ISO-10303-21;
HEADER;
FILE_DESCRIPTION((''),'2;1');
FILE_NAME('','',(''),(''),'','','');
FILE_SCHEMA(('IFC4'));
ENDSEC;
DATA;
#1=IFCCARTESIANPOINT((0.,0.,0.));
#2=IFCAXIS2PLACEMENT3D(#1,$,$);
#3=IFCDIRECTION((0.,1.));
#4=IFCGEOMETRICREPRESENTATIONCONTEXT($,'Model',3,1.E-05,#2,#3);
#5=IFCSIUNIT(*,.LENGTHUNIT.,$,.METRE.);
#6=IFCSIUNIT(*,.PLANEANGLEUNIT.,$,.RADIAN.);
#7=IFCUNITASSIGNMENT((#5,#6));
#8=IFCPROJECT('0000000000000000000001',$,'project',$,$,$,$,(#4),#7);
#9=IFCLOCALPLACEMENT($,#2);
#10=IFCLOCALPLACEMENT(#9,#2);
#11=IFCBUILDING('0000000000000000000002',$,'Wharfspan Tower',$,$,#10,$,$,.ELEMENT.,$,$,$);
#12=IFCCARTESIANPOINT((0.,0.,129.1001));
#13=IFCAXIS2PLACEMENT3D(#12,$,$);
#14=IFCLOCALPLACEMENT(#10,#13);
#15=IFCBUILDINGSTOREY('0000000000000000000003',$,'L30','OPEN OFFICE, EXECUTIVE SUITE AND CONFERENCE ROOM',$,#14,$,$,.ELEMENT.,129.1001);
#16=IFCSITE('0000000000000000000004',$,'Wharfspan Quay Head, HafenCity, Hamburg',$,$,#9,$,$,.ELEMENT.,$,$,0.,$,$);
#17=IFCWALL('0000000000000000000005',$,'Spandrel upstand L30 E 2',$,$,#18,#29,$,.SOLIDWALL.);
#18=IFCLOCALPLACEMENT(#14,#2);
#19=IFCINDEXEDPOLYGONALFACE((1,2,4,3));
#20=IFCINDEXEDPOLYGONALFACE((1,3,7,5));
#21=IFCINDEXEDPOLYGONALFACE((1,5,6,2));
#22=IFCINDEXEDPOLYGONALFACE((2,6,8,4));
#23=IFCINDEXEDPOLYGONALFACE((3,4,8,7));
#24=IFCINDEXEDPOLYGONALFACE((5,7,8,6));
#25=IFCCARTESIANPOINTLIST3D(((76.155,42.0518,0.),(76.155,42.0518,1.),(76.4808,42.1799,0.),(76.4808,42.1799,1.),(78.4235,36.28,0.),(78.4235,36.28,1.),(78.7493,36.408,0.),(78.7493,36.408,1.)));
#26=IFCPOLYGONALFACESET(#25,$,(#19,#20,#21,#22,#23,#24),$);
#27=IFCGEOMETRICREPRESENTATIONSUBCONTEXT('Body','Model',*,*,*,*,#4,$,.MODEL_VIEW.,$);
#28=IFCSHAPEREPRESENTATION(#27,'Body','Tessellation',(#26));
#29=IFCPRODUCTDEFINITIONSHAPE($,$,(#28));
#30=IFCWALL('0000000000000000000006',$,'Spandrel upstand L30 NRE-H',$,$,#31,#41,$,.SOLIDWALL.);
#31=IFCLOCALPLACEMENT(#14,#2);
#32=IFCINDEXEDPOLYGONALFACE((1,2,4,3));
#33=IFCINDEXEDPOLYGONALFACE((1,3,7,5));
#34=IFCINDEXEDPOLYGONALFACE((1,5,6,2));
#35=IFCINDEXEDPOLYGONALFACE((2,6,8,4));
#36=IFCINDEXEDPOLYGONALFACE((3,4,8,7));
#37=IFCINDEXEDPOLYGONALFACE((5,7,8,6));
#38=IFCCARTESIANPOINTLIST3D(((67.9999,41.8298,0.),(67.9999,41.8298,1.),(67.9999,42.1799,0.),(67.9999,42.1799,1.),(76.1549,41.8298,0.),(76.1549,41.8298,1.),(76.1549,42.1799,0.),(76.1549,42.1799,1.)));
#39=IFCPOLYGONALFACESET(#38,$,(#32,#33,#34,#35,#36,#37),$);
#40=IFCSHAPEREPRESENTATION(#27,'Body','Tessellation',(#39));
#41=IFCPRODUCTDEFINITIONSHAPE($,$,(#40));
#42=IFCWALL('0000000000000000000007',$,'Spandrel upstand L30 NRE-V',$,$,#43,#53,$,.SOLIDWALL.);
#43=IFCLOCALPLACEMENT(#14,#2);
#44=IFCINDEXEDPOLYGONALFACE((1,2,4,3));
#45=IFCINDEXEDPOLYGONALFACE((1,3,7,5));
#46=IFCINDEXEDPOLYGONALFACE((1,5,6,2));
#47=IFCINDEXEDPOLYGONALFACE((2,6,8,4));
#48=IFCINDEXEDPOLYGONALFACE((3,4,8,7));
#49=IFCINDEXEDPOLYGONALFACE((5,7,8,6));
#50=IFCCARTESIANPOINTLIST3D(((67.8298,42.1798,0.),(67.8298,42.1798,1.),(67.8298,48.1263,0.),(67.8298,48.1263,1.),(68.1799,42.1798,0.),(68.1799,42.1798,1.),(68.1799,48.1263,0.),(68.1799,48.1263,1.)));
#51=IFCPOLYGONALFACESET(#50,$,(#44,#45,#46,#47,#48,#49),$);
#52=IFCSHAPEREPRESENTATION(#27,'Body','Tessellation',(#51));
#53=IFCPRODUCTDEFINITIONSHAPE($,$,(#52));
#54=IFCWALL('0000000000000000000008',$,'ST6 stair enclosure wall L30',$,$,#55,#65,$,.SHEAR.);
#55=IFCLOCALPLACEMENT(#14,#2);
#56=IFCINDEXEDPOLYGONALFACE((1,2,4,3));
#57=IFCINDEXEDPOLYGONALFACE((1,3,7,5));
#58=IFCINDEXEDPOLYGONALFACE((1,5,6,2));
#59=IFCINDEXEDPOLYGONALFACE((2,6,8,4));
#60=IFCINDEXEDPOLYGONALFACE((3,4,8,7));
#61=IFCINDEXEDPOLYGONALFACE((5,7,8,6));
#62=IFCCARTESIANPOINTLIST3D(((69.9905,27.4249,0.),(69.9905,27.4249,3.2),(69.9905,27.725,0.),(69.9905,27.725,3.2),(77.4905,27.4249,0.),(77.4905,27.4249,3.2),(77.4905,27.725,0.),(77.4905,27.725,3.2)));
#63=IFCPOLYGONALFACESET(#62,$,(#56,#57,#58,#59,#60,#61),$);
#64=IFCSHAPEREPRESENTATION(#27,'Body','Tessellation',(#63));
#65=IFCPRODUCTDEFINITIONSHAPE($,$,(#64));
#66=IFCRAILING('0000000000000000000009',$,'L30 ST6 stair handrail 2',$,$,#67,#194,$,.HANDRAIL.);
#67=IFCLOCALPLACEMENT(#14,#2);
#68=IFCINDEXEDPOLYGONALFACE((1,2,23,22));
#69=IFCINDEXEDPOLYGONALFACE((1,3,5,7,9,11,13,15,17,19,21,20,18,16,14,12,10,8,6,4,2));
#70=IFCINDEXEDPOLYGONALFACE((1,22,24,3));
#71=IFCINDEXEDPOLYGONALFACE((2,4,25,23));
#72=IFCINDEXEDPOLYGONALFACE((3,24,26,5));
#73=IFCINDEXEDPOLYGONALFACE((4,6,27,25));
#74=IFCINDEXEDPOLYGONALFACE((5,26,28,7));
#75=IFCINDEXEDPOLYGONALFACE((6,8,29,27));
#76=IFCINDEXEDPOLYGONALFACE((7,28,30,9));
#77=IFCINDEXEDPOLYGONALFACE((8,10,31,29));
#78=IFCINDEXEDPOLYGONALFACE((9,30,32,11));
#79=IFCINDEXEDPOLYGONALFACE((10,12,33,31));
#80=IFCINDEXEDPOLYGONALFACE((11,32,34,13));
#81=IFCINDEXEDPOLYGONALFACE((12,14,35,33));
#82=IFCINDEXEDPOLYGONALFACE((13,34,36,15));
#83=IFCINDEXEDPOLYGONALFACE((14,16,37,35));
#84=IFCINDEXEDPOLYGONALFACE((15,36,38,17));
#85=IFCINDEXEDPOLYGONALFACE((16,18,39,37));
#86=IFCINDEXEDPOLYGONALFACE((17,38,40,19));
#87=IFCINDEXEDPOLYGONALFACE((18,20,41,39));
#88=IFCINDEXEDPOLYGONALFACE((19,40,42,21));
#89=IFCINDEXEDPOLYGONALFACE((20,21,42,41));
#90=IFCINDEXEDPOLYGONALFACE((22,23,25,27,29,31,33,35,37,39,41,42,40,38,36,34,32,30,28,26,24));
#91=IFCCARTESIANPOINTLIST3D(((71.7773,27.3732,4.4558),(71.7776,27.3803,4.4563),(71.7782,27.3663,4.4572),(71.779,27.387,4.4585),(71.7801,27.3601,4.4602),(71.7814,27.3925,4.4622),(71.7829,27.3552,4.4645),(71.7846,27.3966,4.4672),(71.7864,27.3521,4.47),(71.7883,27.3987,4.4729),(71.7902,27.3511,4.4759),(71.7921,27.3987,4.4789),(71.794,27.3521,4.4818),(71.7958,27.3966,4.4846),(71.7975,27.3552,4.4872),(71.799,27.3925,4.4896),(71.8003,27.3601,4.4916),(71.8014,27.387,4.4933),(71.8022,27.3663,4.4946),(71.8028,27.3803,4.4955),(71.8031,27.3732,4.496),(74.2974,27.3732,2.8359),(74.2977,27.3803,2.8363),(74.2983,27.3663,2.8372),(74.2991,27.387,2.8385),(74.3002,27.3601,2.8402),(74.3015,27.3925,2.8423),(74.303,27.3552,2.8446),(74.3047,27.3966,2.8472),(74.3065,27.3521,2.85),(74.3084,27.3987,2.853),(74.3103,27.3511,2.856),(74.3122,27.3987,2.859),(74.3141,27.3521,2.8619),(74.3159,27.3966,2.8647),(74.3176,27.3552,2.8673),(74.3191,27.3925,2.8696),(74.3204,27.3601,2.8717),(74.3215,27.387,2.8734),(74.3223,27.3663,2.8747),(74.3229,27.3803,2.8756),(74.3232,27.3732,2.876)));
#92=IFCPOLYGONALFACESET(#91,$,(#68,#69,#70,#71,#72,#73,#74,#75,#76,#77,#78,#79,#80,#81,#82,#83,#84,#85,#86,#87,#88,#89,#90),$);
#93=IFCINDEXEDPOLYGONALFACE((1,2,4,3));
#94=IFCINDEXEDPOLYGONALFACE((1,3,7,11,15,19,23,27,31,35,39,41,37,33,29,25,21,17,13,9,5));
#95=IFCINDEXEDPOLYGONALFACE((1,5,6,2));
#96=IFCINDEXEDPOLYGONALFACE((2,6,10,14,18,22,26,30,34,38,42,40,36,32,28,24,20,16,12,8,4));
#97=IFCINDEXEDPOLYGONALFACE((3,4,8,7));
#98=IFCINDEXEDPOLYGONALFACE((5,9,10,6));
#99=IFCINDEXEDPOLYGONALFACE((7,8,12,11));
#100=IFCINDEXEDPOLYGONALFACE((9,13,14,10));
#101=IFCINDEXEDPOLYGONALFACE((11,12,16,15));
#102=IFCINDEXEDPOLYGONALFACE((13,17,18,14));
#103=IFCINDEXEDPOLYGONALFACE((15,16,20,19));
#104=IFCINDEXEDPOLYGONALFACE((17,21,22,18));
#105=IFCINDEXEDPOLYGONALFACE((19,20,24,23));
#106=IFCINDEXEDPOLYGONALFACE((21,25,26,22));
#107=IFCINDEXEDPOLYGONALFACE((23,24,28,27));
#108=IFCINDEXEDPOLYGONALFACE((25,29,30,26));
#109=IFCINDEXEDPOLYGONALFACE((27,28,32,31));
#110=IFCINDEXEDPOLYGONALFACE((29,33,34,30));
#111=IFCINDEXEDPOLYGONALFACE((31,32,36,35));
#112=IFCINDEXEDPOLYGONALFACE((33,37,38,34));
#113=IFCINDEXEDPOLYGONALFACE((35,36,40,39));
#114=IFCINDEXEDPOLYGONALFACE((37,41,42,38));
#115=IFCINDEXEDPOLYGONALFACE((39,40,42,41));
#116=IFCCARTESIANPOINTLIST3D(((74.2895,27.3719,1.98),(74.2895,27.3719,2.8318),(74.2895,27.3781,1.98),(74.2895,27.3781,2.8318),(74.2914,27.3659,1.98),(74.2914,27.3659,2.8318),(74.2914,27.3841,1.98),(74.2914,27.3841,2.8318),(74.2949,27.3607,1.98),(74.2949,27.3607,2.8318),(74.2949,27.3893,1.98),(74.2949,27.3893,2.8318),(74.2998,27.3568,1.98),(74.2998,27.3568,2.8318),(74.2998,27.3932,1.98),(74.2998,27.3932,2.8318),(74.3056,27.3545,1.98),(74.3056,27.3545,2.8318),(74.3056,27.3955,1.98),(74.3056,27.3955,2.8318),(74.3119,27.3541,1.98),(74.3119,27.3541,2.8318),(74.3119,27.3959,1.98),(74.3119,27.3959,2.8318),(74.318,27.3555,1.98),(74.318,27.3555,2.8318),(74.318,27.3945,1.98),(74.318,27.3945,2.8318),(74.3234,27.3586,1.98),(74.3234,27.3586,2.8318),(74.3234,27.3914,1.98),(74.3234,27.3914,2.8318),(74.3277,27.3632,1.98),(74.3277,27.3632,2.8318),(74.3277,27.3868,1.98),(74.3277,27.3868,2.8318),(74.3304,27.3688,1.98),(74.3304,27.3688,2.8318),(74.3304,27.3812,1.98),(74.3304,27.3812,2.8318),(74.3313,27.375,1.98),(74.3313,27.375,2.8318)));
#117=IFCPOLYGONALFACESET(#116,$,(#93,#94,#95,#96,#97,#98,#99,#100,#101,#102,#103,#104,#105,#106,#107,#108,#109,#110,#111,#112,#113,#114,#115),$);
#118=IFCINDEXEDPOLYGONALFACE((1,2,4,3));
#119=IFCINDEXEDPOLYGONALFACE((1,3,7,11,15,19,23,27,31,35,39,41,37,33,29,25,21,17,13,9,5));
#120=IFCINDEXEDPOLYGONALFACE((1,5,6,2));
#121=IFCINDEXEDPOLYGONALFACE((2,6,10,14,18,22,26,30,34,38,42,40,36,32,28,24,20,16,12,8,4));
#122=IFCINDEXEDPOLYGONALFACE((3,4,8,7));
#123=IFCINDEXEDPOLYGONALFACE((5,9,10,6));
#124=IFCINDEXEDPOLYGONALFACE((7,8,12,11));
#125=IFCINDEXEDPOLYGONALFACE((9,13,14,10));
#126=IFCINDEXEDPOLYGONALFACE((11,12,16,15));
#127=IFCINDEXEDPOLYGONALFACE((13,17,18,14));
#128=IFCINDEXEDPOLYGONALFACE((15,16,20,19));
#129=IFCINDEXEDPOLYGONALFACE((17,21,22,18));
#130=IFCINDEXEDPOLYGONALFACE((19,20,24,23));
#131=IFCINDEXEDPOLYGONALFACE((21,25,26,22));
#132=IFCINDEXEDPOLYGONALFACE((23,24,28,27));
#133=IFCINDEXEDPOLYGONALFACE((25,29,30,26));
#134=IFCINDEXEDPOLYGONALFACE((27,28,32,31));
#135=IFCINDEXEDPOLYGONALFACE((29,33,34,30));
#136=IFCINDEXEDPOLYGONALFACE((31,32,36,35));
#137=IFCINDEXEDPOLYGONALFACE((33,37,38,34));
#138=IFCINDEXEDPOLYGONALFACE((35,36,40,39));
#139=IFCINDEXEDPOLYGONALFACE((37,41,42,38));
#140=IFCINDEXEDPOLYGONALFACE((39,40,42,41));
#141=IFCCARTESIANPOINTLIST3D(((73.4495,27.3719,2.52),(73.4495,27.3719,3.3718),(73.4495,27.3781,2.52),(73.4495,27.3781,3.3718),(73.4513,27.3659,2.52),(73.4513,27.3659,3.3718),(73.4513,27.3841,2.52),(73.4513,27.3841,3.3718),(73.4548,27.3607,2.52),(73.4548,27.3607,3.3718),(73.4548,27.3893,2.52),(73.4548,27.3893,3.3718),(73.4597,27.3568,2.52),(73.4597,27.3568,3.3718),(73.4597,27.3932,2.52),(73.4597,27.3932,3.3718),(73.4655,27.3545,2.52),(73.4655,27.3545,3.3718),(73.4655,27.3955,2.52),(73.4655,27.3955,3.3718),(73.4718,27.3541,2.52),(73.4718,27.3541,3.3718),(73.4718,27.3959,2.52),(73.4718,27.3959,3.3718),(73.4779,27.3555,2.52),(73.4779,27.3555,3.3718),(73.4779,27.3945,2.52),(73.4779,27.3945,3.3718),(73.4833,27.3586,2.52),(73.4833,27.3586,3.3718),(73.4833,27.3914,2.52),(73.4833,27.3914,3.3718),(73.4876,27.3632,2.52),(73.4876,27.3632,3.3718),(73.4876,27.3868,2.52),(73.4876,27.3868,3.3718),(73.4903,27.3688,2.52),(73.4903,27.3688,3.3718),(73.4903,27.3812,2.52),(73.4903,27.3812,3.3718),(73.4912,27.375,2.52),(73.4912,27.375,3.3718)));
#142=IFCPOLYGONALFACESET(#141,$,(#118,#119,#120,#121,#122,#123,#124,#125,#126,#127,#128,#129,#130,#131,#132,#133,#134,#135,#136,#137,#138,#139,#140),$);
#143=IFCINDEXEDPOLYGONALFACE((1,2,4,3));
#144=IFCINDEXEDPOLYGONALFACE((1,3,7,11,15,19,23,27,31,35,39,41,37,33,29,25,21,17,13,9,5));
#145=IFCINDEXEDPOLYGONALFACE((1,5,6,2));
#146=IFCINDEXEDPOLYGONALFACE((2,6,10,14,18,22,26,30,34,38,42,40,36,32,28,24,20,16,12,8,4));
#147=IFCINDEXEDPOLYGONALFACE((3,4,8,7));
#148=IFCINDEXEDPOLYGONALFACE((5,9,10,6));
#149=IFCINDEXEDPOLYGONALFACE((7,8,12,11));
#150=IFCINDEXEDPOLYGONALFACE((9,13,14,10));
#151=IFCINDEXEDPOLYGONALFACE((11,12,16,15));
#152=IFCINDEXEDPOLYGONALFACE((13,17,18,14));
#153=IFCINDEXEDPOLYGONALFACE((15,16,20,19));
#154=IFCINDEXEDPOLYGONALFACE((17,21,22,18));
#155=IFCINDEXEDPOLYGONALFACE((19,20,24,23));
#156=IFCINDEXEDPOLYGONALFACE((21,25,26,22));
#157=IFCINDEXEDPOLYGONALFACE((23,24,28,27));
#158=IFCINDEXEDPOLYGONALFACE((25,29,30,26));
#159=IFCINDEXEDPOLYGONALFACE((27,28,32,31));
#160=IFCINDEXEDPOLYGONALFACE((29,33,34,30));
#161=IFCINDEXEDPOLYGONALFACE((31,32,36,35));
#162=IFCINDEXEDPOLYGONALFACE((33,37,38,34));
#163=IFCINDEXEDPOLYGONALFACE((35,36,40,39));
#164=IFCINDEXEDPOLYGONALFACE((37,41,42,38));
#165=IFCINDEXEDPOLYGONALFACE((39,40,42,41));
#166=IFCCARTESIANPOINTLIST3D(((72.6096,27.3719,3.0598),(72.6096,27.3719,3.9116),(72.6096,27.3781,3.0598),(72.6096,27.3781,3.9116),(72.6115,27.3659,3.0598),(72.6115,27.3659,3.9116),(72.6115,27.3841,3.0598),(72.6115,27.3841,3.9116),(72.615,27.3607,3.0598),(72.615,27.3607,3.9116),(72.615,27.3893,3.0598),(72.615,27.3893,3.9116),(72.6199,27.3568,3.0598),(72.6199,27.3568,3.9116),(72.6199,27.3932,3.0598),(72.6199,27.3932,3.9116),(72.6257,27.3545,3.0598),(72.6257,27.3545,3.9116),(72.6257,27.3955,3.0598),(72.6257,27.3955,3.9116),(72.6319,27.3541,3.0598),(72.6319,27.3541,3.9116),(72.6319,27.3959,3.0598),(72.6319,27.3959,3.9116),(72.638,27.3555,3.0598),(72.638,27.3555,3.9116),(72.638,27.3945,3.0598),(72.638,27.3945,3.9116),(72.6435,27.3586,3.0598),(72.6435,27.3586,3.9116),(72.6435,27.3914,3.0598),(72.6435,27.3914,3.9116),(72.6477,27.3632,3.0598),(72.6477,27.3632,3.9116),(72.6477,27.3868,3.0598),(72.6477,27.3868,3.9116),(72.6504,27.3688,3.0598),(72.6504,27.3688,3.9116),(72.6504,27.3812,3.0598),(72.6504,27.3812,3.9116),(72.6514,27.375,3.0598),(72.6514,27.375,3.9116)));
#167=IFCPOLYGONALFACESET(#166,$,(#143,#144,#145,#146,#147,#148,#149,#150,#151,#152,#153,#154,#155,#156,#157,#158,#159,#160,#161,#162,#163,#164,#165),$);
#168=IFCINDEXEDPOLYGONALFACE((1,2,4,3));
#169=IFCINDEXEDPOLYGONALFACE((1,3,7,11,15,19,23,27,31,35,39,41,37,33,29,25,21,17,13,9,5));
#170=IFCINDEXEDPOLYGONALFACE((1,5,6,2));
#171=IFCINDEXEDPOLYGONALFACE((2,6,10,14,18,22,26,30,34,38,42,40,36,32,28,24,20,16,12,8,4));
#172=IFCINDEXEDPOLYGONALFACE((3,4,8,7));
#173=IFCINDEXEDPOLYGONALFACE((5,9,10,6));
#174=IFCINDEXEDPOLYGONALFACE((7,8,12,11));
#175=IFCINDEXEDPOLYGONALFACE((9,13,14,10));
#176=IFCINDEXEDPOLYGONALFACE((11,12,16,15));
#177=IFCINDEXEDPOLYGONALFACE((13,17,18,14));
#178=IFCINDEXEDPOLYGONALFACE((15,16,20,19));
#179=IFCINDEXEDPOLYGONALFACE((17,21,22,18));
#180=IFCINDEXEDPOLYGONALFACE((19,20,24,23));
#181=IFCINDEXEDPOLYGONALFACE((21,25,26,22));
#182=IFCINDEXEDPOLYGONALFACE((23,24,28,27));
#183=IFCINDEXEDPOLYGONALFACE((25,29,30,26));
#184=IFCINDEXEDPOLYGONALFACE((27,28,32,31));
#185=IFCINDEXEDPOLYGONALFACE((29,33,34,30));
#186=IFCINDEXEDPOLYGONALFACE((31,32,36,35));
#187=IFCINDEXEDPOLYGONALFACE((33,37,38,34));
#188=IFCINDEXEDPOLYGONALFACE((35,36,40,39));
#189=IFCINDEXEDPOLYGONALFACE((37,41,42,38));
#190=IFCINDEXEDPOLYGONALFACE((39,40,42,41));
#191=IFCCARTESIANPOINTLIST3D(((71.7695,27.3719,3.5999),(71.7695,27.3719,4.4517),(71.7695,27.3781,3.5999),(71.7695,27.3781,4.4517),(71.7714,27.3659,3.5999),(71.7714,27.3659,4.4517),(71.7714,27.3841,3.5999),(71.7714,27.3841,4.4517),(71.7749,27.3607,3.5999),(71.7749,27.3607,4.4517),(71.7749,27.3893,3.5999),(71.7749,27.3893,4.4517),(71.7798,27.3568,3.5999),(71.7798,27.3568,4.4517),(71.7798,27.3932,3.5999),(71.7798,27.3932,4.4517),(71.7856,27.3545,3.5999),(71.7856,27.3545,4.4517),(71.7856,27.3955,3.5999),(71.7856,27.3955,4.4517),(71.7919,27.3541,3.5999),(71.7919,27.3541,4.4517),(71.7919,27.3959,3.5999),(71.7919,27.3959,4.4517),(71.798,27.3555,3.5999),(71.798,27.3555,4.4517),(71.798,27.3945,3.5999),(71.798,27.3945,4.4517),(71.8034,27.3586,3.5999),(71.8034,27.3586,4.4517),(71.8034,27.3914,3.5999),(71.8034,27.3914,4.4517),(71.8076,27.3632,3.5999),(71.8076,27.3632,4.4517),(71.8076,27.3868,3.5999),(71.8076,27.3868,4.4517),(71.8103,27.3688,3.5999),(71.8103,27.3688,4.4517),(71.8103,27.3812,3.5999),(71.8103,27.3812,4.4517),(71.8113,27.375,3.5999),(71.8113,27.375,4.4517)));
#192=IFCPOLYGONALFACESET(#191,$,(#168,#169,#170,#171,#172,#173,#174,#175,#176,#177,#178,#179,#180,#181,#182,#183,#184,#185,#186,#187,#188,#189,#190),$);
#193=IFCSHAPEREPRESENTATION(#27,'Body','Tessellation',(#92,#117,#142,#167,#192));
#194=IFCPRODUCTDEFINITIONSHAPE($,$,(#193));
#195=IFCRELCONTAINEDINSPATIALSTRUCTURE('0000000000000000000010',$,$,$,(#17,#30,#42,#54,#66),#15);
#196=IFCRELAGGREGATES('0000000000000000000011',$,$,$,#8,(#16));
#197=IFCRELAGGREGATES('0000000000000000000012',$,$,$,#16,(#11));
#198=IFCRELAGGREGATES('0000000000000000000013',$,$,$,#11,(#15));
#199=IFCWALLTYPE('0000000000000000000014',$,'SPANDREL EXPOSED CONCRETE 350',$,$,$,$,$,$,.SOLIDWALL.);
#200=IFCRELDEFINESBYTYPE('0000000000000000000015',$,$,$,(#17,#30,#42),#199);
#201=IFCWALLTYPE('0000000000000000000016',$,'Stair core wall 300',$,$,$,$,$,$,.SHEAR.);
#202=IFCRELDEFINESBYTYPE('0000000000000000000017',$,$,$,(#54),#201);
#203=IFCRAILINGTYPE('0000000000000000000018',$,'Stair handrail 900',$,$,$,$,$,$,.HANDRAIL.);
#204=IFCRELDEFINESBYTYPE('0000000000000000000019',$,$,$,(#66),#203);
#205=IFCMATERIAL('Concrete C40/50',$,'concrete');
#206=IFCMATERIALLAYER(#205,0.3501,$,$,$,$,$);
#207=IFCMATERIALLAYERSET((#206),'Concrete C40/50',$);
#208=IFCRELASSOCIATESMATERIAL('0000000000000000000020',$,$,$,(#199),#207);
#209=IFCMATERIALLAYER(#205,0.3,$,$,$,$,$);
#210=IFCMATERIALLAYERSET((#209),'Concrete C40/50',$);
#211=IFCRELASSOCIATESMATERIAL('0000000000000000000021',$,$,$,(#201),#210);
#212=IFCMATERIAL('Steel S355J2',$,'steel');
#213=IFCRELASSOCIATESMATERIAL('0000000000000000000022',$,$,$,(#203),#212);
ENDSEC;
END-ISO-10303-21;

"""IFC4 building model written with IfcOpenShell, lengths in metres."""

from ifc_helpers import new_model, si_unit, direction, frame, frame_2d, origin, origin_2d, place, context, subcontext, project, spatial, rectangle, circle, extrude, material, layer, layer_set, type_object, element, save


model = new_model("IFC4")

# Units and contexts
model_context = context("Model", 3, precision=1e-05, world=origin(), true_north=direction((0.0, 1.0)))
body_context = subcontext(model_context, "Body", "Model", "MODEL_VIEW")
ifc_project = project(units=[si_unit("LENGTHUNIT", "METRE"), si_unit("PLANEANGLEUNIT", "RADIAN")], contexts=[model_context])

# Site, building, storey
site_placement = place(None, origin())
site = spatial("IfcSite", under=ifc_project, at=site_placement, Name="Wharfspan Quay Head, HafenCity, Hamburg", CompositionType="ELEMENT", RefElevation=0.0)
building_placement = place(site_placement, origin())
building = spatial("IfcBuilding", under=site, at=building_placement, Name="Wharfspan Tower", CompositionType="ELEMENT")
storey_placement = place(building_placement, frame((0.0, 0.0, 129.1001)))
storey = spatial("IfcBuildingStorey", under=building, at=storey_placement, Name="L30", Description="OPEN OFFICE, EXECUTIVE SUITE AND CONFERENCE ROOM", CompositionType="ELEMENT", Elevation=129.1001)

# Shared definitions
ifc_material_1 = material(Name="Steel S355J2", Category="steel")

# Walls
ifc_material_2 = material(Name="Concrete C40/50", Category="concrete")
ifc_layer_1 = layer(ifc_material_2, 0.3501)
ifc_layer_set_1 = layer_set([ifc_layer_1], Name="Concrete C40/50")
wall_type_1 = type_object("IfcWallType", Name="SPANDREL EXPOSED CONCRETE 350", PredefinedType="SOLIDWALL", material=ifc_layer_set_1)
wall_1_placement = place(storey_placement, frame((78.5864, 36.344, 0.0), z_axis=(0.0, 0.0, 1.0), x_axis=(-0.365792, 0.930699, 0.0)))
element("IfcWall", 1, at=wall_1_placement, inside=storey, type_object=wall_type_1, Name="Spandrel upstand L30 E 2", PredefinedType="SOLIDWALL", context=body_context, shape_type="SweptSolid", body=[
    extrude(rectangle(XDim=6.2017, YDim=0.3501, at=frame_2d((3.1008, 0.0))), origin(), (0.0, 0.0, 1.0), 1.0),
])
wall_2_placement = place(storey_placement, frame((76.155, 42.0049, 0.0), z_axis=(0.0, 0.0, 1.0), x_axis=(-1.0, 0.0, 0.0)))
element("IfcWall", 2, at=wall_2_placement, inside=storey, type_object=wall_type_1, Name="Spandrel upstand L30 NRE-H", PredefinedType="SOLIDWALL", context=body_context, shape_type="SweptSolid", body=[
    extrude(rectangle(XDim=8.155, YDim=0.3501, at=frame_2d((4.0776, 0.0))), origin(), (0.0, 0.0, 1.0), 1.0),
])
wall_3_placement = place(storey_placement, frame((68.0049, 42.1799, 0.0), z_axis=(0.0, 0.0, 1.0), x_axis=(0.0, 1.0, 0.0)))
element("IfcWall", 3, at=wall_3_placement, inside=storey, type_object=wall_type_1, Name="Spandrel upstand L30 NRE-V", PredefinedType="SOLIDWALL", context=body_context, shape_type="SweptSolid", body=[
    extrude(rectangle(XDim=5.9465, YDim=0.3501, at=frame_2d((2.9731, 0.0))), origin(), (0.0, 0.0, 1.0), 1.0),
])
ifc_layer_2 = layer(ifc_material_2, 0.3)
ifc_layer_set_2 = layer_set([ifc_layer_2], Name="Concrete C40/50")
wall_type_2 = type_object("IfcWallType", Name="Stair core wall 300", PredefinedType="SHEAR", material=ifc_layer_set_2)
wall_4_placement = place(storey_placement, frame((69.9905, 27.575, 0.0), z_axis=(0.0, 0.0, 1.0), x_axis=(1.0, 0.0, 0.0)))
element("IfcWall", 4, at=wall_4_placement, inside=storey, type_object=wall_type_2, Name="ST6 stair enclosure wall L30", PredefinedType="SHEAR", context=body_context, shape_type="SweptSolid", body=[
    extrude(rectangle(XDim=7.5, YDim=0.3, at=frame_2d((3.75, 0.0))), origin(), (0.0, 0.0, 1.0), 3.2),
])

# Railing
railing_type = type_object("IfcRailingType", Name="Stair handrail 900", PredefinedType="HANDRAIL", material=ifc_material_1)
railing_placement = place(storey_placement, frame((74.3103, 27.375, 1.98)))
element("IfcRailing", 5, at=railing_placement, inside=storey, type_object=railing_type, Name="L30 ST6 stair handrail 2", PredefinedType="HANDRAIL", context=body_context, shape_type="SweptSolid", body=[
    extrude(circle(Radius=0.0239, at=origin_2d()), frame((0.0, 0.0, 0.876), z_axis=(-0.8412, 0.0, 0.540725), x_axis=(0.0, -1.0, 0.0)), (0.0, 0.0, 1.0), 2.9958),
    extrude(circle(Radius=0.021, at=origin_2d()), origin(), (0.0, 0.0, 1.0), 0.8518),
    extrude(circle(Radius=0.021, at=origin_2d()), frame((-0.8401, 0.0, 0.54)), (0.0, 0.0, 1.0), 0.8518),
    extrude(circle(Radius=0.021, at=origin_2d()), frame((-1.6799, 0.0, 1.0798)), (0.0, 0.0, 1.0), 0.8518),
    extrude(circle(Radius=0.021, at=origin_2d()), frame((-2.52, 0.0, 1.6199)), (0.0, 0.0, 1.0), 0.8518),
])

save(model, "model.ifc")
